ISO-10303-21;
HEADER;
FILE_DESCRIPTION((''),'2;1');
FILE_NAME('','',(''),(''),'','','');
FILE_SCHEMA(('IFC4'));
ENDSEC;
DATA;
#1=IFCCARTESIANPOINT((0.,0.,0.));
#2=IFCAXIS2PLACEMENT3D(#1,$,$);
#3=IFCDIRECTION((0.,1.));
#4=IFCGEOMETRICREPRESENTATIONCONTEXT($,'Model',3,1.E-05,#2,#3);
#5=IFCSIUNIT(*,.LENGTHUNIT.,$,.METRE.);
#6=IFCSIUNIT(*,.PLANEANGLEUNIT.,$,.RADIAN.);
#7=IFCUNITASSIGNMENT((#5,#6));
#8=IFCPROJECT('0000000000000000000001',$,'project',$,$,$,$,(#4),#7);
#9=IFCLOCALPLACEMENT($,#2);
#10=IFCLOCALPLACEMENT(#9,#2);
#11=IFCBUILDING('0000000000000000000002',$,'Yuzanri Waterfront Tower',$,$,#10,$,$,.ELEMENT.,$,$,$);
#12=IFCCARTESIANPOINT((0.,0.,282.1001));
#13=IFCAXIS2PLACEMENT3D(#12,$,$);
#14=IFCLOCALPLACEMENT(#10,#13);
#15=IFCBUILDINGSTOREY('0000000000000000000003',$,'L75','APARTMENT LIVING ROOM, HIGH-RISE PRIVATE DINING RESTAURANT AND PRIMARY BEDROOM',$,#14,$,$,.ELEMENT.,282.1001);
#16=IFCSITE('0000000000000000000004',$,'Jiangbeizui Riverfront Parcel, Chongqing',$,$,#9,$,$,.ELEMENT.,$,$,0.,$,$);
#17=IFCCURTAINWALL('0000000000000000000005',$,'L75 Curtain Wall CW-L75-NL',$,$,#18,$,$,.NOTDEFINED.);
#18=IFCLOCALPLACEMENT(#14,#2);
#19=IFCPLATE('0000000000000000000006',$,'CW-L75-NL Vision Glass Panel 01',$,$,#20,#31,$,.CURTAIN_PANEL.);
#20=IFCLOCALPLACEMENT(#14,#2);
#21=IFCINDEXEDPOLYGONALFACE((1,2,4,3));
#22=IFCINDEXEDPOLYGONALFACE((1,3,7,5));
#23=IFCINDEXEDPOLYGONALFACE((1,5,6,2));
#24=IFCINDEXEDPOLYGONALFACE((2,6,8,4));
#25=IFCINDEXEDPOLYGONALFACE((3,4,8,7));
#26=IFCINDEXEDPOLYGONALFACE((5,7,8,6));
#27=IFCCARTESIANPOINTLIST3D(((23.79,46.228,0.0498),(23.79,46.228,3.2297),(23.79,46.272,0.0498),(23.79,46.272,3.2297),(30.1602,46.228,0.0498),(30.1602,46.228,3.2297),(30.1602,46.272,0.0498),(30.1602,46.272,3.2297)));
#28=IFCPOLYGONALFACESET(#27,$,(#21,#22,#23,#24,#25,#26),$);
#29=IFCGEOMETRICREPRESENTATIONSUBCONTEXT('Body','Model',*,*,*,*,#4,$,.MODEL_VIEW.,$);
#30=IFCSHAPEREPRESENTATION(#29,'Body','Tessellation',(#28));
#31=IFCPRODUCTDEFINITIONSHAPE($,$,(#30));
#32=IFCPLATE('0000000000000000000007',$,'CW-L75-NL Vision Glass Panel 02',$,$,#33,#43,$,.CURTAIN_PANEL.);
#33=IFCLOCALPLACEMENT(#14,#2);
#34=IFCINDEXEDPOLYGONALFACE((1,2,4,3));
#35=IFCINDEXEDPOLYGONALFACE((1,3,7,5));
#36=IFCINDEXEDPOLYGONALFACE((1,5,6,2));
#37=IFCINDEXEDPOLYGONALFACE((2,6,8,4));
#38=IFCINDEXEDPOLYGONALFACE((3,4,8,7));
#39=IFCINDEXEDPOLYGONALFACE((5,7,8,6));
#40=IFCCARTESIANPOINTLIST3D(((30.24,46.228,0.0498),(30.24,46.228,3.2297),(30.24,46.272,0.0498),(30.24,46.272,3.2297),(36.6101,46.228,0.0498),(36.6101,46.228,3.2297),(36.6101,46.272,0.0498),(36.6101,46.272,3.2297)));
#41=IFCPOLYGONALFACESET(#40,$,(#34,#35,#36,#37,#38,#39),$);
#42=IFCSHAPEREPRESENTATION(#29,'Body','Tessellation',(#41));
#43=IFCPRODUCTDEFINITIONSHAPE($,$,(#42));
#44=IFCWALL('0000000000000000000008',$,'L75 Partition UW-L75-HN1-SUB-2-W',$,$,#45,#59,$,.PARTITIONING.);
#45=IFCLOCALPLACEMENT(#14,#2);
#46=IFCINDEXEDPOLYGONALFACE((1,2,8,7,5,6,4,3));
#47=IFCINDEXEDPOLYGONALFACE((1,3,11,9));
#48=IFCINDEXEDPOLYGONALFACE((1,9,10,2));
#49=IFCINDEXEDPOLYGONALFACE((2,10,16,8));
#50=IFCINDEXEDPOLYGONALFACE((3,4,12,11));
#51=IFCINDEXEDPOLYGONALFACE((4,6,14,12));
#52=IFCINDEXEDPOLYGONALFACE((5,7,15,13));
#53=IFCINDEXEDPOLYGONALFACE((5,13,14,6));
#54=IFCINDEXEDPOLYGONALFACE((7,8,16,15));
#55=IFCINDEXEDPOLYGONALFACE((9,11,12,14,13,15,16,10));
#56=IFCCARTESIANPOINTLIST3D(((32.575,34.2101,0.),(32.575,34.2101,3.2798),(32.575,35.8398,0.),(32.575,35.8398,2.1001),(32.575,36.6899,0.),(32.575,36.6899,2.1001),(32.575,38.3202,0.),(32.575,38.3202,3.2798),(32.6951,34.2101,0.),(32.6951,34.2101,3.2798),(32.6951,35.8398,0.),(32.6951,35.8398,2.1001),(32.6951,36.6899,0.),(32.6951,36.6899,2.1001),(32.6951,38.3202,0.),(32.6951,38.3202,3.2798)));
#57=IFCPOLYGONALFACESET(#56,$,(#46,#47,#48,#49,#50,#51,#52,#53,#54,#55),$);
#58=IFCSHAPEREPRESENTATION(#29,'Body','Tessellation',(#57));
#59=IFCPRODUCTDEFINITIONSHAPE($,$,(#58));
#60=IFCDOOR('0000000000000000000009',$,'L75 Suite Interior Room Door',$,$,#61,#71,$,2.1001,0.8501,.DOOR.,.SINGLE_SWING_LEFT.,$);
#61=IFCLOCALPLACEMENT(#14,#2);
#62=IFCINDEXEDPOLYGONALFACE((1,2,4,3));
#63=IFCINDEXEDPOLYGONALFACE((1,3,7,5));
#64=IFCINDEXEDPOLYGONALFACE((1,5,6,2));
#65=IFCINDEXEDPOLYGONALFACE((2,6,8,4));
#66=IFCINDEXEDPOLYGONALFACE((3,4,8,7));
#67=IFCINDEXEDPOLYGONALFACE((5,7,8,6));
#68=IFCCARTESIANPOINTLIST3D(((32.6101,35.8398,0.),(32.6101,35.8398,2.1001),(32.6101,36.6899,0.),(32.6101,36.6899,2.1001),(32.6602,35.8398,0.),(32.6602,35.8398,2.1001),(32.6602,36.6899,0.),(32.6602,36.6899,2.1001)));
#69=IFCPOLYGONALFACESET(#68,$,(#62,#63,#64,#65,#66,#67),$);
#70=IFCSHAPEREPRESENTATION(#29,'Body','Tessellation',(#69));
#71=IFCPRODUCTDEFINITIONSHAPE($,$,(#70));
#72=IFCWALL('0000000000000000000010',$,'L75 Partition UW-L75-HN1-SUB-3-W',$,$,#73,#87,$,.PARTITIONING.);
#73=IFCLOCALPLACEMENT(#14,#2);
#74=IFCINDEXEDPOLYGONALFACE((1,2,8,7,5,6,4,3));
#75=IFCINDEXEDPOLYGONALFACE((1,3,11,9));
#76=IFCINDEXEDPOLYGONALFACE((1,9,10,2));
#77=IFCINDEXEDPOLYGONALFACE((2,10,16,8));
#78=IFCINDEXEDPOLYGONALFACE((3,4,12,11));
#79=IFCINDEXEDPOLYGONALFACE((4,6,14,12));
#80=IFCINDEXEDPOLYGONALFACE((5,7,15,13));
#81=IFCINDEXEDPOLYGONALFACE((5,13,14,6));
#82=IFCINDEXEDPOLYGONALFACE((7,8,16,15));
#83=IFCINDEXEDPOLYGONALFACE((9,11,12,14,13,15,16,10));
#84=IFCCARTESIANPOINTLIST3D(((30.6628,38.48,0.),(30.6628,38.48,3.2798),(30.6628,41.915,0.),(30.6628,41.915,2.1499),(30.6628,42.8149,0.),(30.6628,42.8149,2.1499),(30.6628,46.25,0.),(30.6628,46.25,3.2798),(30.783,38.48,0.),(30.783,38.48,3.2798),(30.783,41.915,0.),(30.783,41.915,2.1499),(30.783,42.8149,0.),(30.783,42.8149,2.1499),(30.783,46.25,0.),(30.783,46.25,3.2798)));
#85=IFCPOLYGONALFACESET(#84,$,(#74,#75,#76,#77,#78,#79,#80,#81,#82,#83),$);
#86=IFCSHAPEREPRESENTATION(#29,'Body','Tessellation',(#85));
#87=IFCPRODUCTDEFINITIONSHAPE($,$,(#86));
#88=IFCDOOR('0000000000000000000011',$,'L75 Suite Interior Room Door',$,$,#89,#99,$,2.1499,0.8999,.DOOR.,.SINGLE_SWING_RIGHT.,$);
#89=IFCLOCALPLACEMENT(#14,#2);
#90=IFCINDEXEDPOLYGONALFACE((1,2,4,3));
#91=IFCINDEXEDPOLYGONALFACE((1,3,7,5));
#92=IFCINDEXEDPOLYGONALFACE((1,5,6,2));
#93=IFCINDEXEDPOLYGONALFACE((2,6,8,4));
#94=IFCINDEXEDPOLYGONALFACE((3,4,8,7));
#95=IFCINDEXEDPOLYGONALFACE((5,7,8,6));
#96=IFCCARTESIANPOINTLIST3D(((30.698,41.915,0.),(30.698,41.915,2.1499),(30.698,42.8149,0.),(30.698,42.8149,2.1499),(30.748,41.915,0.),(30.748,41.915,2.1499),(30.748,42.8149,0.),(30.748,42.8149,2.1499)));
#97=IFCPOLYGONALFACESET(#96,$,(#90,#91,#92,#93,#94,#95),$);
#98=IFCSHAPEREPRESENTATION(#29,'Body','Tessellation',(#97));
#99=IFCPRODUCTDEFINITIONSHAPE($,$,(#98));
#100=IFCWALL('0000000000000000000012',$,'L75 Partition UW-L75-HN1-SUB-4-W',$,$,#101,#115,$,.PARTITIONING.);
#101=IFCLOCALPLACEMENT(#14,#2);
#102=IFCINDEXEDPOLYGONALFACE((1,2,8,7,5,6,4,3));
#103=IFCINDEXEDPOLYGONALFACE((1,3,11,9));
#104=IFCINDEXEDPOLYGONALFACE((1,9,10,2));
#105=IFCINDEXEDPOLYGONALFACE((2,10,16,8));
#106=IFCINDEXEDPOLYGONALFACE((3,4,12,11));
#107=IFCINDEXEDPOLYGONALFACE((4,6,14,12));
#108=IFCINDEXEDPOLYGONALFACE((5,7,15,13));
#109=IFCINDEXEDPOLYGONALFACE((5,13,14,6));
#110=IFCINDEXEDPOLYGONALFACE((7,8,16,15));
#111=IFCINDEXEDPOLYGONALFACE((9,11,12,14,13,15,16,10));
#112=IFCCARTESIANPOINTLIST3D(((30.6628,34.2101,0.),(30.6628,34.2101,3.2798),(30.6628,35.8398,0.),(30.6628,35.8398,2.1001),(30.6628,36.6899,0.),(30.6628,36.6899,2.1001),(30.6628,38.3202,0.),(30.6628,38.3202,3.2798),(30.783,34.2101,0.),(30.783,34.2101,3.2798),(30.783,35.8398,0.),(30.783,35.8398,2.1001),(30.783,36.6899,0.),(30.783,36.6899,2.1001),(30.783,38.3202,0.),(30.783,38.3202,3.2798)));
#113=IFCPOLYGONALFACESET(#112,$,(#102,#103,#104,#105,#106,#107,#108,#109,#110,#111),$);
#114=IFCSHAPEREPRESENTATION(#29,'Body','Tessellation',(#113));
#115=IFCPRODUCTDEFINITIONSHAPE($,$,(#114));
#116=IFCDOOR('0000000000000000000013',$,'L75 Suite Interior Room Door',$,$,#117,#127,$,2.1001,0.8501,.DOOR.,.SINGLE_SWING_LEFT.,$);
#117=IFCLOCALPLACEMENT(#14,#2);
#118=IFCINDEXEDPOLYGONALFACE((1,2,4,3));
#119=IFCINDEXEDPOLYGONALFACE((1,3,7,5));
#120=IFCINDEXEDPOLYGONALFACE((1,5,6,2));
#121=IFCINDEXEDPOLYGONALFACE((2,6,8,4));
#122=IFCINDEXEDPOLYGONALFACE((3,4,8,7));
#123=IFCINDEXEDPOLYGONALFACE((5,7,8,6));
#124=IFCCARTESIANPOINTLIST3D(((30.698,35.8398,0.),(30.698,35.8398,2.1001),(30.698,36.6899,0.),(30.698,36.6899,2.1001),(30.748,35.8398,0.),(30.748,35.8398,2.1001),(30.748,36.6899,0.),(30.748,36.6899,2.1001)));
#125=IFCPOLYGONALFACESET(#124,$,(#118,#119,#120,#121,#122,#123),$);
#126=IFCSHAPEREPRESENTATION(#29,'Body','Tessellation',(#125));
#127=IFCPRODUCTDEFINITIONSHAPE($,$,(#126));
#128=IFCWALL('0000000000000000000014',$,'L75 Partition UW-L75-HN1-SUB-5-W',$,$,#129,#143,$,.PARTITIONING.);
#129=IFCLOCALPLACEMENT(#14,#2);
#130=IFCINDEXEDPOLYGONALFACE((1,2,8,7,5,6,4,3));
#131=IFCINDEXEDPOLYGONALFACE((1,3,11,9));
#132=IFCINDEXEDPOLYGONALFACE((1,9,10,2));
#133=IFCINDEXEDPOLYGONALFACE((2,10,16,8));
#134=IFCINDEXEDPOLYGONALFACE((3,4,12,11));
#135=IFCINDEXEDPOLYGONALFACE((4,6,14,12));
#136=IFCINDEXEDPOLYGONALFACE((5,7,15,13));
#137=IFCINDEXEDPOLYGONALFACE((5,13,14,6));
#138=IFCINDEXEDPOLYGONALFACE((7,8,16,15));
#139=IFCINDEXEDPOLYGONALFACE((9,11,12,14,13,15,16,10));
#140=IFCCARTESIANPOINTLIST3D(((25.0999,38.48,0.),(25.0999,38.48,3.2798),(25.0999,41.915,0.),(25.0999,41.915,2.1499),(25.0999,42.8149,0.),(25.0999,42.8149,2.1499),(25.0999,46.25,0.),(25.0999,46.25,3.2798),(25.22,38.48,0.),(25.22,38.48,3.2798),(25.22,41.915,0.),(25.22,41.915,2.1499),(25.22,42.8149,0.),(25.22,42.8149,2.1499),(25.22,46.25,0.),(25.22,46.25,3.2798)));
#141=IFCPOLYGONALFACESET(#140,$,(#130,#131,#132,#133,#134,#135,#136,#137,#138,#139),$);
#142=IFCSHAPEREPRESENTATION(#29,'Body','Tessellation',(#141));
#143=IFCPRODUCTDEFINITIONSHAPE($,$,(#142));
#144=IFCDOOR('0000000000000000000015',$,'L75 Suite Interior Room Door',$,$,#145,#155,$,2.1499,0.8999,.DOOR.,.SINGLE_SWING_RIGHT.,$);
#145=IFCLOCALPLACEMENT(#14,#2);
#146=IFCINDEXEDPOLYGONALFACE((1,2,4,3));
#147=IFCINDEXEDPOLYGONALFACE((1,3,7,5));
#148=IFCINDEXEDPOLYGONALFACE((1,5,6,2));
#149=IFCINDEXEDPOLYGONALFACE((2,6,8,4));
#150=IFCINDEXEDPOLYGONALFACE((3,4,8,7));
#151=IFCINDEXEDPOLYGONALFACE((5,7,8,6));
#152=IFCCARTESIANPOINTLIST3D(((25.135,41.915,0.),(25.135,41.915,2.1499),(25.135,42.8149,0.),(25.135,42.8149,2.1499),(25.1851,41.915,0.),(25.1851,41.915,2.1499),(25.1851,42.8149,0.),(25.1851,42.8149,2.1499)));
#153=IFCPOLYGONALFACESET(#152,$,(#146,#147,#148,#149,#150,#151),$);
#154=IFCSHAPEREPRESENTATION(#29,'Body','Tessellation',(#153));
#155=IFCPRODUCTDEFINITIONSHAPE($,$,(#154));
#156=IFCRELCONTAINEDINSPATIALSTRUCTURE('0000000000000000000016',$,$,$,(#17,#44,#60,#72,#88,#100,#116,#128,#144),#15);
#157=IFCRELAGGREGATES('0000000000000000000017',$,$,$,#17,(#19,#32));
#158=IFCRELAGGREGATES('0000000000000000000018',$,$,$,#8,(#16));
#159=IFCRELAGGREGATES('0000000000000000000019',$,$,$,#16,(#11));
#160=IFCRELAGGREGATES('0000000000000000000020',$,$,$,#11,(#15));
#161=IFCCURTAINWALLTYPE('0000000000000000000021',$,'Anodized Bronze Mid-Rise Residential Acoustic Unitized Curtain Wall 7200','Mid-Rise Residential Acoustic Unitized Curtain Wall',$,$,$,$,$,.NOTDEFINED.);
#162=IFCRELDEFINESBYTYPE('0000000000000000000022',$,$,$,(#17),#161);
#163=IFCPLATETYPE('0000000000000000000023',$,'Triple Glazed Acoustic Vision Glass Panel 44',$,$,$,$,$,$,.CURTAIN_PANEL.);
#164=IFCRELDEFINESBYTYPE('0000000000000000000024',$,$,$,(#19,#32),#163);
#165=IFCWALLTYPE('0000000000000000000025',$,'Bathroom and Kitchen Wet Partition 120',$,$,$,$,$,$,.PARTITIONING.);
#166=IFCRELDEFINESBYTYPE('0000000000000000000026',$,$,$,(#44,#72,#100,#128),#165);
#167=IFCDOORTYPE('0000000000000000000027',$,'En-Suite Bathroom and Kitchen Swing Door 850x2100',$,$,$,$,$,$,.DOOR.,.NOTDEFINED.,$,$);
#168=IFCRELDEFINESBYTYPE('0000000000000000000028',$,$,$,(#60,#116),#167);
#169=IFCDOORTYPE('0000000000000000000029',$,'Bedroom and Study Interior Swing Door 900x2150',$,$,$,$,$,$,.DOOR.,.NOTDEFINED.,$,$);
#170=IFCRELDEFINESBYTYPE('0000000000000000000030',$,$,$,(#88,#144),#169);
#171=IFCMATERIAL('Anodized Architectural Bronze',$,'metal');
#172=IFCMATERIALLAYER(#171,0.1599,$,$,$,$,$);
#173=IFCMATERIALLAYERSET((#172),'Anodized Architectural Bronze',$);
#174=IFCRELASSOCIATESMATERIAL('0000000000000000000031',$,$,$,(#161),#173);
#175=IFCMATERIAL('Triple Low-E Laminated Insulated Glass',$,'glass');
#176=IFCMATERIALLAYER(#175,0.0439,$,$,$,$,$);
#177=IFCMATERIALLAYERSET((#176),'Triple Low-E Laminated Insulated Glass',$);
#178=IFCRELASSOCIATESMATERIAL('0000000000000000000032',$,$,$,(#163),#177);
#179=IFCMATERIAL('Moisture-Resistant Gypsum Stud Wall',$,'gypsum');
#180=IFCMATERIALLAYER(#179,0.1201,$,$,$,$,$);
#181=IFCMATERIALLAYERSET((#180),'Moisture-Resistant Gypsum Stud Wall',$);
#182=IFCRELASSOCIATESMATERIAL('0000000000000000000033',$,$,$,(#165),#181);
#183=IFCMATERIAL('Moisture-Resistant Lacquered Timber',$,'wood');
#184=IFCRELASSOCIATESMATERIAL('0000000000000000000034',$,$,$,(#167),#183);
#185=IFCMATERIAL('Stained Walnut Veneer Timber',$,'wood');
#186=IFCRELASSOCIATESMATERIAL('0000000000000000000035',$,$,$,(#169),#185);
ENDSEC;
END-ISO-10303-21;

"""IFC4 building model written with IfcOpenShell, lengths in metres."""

from ifc_helpers import new_model, si_unit, direction, frame, frame_2d, origin, origin_2d, place, context, subcontext, project, spatial, rectangle, extrude, source, transform, mapped, material, layer, layer_set, type_object, element, fill, aggregate, save


model = new_model("IFC4")

# Units and contexts
model_context = context("Model", 3, precision=1e-05, world=origin(), true_north=direction((0.0, 1.0)))
body_context = subcontext(model_context, "Body", "Model", "MODEL_VIEW")
ifc_project = project(units=[si_unit("LENGTHUNIT", "METRE"), si_unit("PLANEANGLEUNIT", "RADIAN")], contexts=[model_context])

# Site, building, storey
site_placement = place(None, origin())
site = spatial("IfcSite", under=ifc_project, at=site_placement, Name="Jiangbeizui Riverfront Parcel, Chongqing", CompositionType="ELEMENT", RefElevation=0.0)
building_placement = place(site_placement, origin())
building = spatial("IfcBuilding", under=site, at=building_placement, Name="Yuzanri Waterfront Tower", CompositionType="ELEMENT")
storey_placement = place(building_placement, frame((0.0, 0.0, 282.1001)))
storey = spatial("IfcBuildingStorey", under=building, at=storey_placement, Name="L75", Description="APARTMENT LIVING ROOM, HIGH-RISE PRIVATE DINING RESTAURANT AND PRIMARY BEDROOM", CompositionType="ELEMENT", Elevation=282.1001)

# Curtain wall
ifc_material_1 = material(Name="Anodized Architectural Bronze", Category="metal")
ifc_layer_1 = layer(ifc_material_1, 0.1599)
ifc_layer_set_1 = layer_set([ifc_layer_1], Name="Anodized Architectural Bronze")
curtain_wall_type = type_object("IfcCurtainWallType", Name="Anodized Bronze Mid-Rise Residential Acoustic Unitized Curtain Wall 7200", Description="Mid-Rise Residential Acoustic Unitized Curtain Wall", PredefinedType="NOTDEFINED", material=ifc_layer_set_1)
curtain_wall_placement = place(storey_placement, origin())
curtain_wall = element("IfcCurtainWall", 1, at=curtain_wall_placement, inside=storey, type_object=curtain_wall_type, Name="L75 Curtain Wall CW-L75-NL", PredefinedType="NOTDEFINED")

# Plates
ifc_material_2 = material(Name="Triple Low-E Laminated Insulated Glass", Category="glass")
ifc_layer_2 = layer(ifc_material_2, 0.0439)
ifc_layer_set_2 = layer_set([ifc_layer_2], Name="Triple Low-E Laminated Insulated Glass")
plate_type_1 = type_object("IfcPlateType", Name="Triple Glazed Acoustic Vision Glass Panel 44", PredefinedType="CURTAIN_PANEL", material=ifc_layer_set_2)
shared_shape_1 = source(origin(), body_context, "Body", "SweptSolid", [
    extrude(rectangle(XDim=6.3701, YDim=0.0439, at=origin_2d()), origin(), (0.0, 0.0, 1.0), 3.1799),
])
plate_1_placement = place(storey_placement, frame((26.9751, 46.25, 0.0498), z_axis=(0.0, 0.0, 1.0), x_axis=(1.0, 0.0, 0.0)))
plate_1 = element("IfcPlate", 2, at=plate_1_placement, type_object=plate_type_1, Name="CW-L75-NL Vision Glass Panel 01", PredefinedType="CURTAIN_PANEL", context=body_context, shape_type="MappedRepresentation", body=[
    mapped(shared_shape_1, transform((0.0, 0.0, 0.0), scale=1.0)),
])
plate_2_placement = place(storey_placement, frame((33.425, 46.25, 0.0498), z_axis=(0.0, 0.0, 1.0), x_axis=(1.0, 0.0, 0.0)))
plate_2 = element("IfcPlate", 3, at=plate_2_placement, type_object=plate_type_1, Name="CW-L75-NL Vision Glass Panel 02", PredefinedType="CURTAIN_PANEL", context=body_context, shape_type="MappedRepresentation", body=[
    mapped(shared_shape_1, transform((0.0, 0.0, 0.0), scale=1.0)),
])
aggregate(curtain_wall, [plate_1, plate_2])

# Walls, openings, doors
ifc_material_3 = material(Name="Moisture-Resistant Gypsum Stud Wall", Category="gypsum")
ifc_layer_3 = layer(ifc_material_3, 0.1201)
ifc_layer_set_3 = layer_set([ifc_layer_3], Name="Moisture-Resistant Gypsum Stud Wall")
wall_type_1 = type_object("IfcWallType", Name="Bathroom and Kitchen Wet Partition 120", PredefinedType="PARTITIONING", material=ifc_layer_set_3)
wall_1_placement = place(storey_placement, frame((32.635, 34.21, 0.0), z_axis=(0.0, 0.0, 1.0), x_axis=(0.0, 1.0, 0.0)))
wall_1 = element("IfcWall", 4, at=wall_1_placement, inside=storey, type_object=wall_type_1, Name="L75 Partition UW-L75-HN1-SUB-2-W", PredefinedType="PARTITIONING", context=body_context, shape_type="SweptSolid", body=[
    extrude(rectangle(XDim=4.1101, YDim=0.1201, at=frame_2d((2.0552, 0.0))), origin(), (0.0, 0.0, 1.0), 3.2798),
])
opening_1_placement = place(wall_1_placement, frame((1.6299, 0.0, 0.0)))
opening_1 = element("IfcOpeningElement", 5, at=opening_1_placement, cuts=wall_1, PredefinedType="OPENING", context=body_context, shape_type="SweptSolid", body=[
    extrude(rectangle(XDim=0.8501, YDim=2.1001, at=frame_2d((0.425, 1.05))), frame((0.0, 0.075, 0.0), z_axis=(0.0, -1.0, 0.0), x_axis=(1.0, 0.0, 0.0)), (0.0, 0.0, 1.0), 0.1499),
])
ifc_material_4 = material(Name="Moisture-Resistant Lacquered Timber", Category="wood")
door_type_1 = type_object("IfcDoorType", Name="En-Suite Bathroom and Kitchen Swing Door 850x2100", OperationType="NOTDEFINED", PredefinedType="DOOR", material=ifc_material_4)
shared_shape_2 = source(origin(), body_context, "Body", "SweptSolid", [
    extrude(rectangle(XDim=0.8501, YDim=2.1001, at=frame_2d((0.425, 1.05))), frame((0.0, 0.0249, 0.0), z_axis=(0.0, -1.0, 0.0), x_axis=(1.0, 0.0, 0.0)), (0.0, 0.0, 1.0), 0.05),
])
door_1_placement = place(opening_1_placement, origin())
door_1 = element("IfcDoor", 6, at=door_1_placement, inside=storey, type_object=door_type_1, Name="L75 Suite Interior Room Door", OperationType="SINGLE_SWING_LEFT", OverallHeight=2.1001, OverallWidth=0.8501, PredefinedType="DOOR", context=body_context, shape_type="MappedRepresentation", body=[
    mapped(shared_shape_2, transform((0.0, 0.0, 0.0), scale=1.0)),
])
fill(opening_1, door_1)
wall_2_placement = place(storey_placement, frame((30.7229, 38.48, 0.0), z_axis=(0.0, 0.0, 1.0), x_axis=(0.0, 1.0, 0.0)))
wall_2 = element("IfcWall", 7, at=wall_2_placement, inside=storey, type_object=wall_type_1, Name="L75 Partition UW-L75-HN1-SUB-3-W", PredefinedType="PARTITIONING", context=body_context, shape_type="SweptSolid", body=[
    extrude(rectangle(XDim=7.77, YDim=0.1201, at=frame_2d((3.885, 0.0))), origin(), (0.0, 0.0, 1.0), 3.2798),
])
opening_2_placement = place(wall_2_placement, frame((3.4351, 0.0, 0.0)))
opening_2 = element("IfcOpeningElement", 8, at=opening_2_placement, cuts=wall_2, PredefinedType="OPENING", context=body_context, shape_type="SweptSolid", body=[
    extrude(rectangle(XDim=0.8999, YDim=2.1499, at=frame_2d((0.45, 1.075))), frame((0.0, 0.075, 0.0), z_axis=(0.0, -1.0, 0.0), x_axis=(1.0, 0.0, 0.0)), (0.0, 0.0, 1.0), 0.1499),
])
ifc_material_5 = material(Name="Stained Walnut Veneer Timber", Category="wood")
door_type_2 = type_object("IfcDoorType", Name="Bedroom and Study Interior Swing Door 900x2150", OperationType="NOTDEFINED", PredefinedType="DOOR", material=ifc_material_5)
shared_shape_3 = source(origin(), body_context, "Body", "SweptSolid", [
    extrude(rectangle(XDim=0.8999, YDim=2.1499, at=frame_2d((0.45, 1.075))), frame((0.0, 0.0249, 0.0), z_axis=(0.0, -1.0, 0.0), x_axis=(1.0, 0.0, 0.0)), (0.0, 0.0, 1.0), 0.05),
])
door_2_placement = place(opening_2_placement, origin())
door_2 = element("IfcDoor", 9, at=door_2_placement, inside=storey, type_object=door_type_2, Name="L75 Suite Interior Room Door", OperationType="SINGLE_SWING_RIGHT", OverallHeight=2.1499, OverallWidth=0.8999, PredefinedType="DOOR", context=body_context, shape_type="MappedRepresentation", body=[
    mapped(shared_shape_3, transform((0.0, 0.0, 0.0), scale=1.0)),
])
fill(opening_2, door_2)
wall_3_placement = place(storey_placement, frame((30.7229, 34.21, 0.0), z_axis=(0.0, 0.0, 1.0), x_axis=(0.0, 1.0, 0.0)))
wall_3 = element("IfcWall", 10, at=wall_3_placement, inside=storey, type_object=wall_type_1, Name="L75 Partition UW-L75-HN1-SUB-4-W", PredefinedType="PARTITIONING", context=body_context, shape_type="SweptSolid", body=[
    extrude(rectangle(XDim=4.1101, YDim=0.1201, at=frame_2d((2.0552, 0.0))), origin(), (0.0, 0.0, 1.0), 3.2798),
])
opening_3_placement = place(wall_3_placement, frame((1.6299, 0.0, 0.0)))
opening_3 = element("IfcOpeningElement", 11, at=opening_3_placement, cuts=wall_3, PredefinedType="OPENING", context=body_context, shape_type="SweptSolid", body=[
    extrude(rectangle(XDim=0.8501, YDim=2.1001, at=frame_2d((0.425, 1.05))), frame((0.0, 0.075, 0.0), z_axis=(0.0, -1.0, 0.0), x_axis=(1.0, 0.0, 0.0)), (0.0, 0.0, 1.0), 0.1499),
])
door_3_placement = place(opening_3_placement, origin())
door_3 = element("IfcDoor", 12, at=door_3_placement, inside=storey, type_object=door_type_1, Name="L75 Suite Interior Room Door", OperationType="SINGLE_SWING_LEFT", OverallHeight=2.1001, OverallWidth=0.8501, PredefinedType="DOOR", context=body_context, shape_type="MappedRepresentation", body=[
    mapped(shared_shape_2, transform((0.0, 0.0, 0.0), scale=1.0)),
])
fill(opening_3, door_3)
wall_4_placement = place(storey_placement, frame((25.1599, 38.48, 0.0), z_axis=(0.0, 0.0, 1.0), x_axis=(0.0, 1.0, 0.0)))
wall_4 = element("IfcWall", 13, at=wall_4_placement, inside=storey, type_object=wall_type_1, Name="L75 Partition UW-L75-HN1-SUB-5-W", PredefinedType="PARTITIONING", context=body_context, shape_type="SweptSolid", body=[
    extrude(rectangle(XDim=7.77, YDim=0.1201, at=frame_2d((3.885, 0.0))), origin(), (0.0, 0.0, 1.0), 3.2798),
])
opening_4_placement = place(wall_4_placement, frame((3.4351, 0.0, 0.0)))
opening_4 = element("IfcOpeningElement", 14, at=opening_4_placement, cuts=wall_4, PredefinedType="OPENING", context=body_context, shape_type="SweptSolid", body=[
    extrude(rectangle(XDim=0.8999, YDim=2.1499, at=frame_2d((0.45, 1.075))), frame((0.0, 0.075, 0.0), z_axis=(0.0, -1.0, 0.0), x_axis=(1.0, 0.0, 0.0)), (0.0, 0.0, 1.0), 0.1499),
])
door_4_placement = place(opening_4_placement, origin())
door_4 = element("IfcDoor", 15, at=door_4_placement, inside=storey, type_object=door_type_2, Name="L75 Suite Interior Room Door", OperationType="SINGLE_SWING_RIGHT", OverallHeight=2.1499, OverallWidth=0.8999, PredefinedType="DOOR", context=body_context, shape_type="MappedRepresentation", body=[
    mapped(shared_shape_3, transform((0.0, 0.0, 0.0), scale=1.0)),
])
fill(opening_4, door_4)

save(model, "model.ifc")
